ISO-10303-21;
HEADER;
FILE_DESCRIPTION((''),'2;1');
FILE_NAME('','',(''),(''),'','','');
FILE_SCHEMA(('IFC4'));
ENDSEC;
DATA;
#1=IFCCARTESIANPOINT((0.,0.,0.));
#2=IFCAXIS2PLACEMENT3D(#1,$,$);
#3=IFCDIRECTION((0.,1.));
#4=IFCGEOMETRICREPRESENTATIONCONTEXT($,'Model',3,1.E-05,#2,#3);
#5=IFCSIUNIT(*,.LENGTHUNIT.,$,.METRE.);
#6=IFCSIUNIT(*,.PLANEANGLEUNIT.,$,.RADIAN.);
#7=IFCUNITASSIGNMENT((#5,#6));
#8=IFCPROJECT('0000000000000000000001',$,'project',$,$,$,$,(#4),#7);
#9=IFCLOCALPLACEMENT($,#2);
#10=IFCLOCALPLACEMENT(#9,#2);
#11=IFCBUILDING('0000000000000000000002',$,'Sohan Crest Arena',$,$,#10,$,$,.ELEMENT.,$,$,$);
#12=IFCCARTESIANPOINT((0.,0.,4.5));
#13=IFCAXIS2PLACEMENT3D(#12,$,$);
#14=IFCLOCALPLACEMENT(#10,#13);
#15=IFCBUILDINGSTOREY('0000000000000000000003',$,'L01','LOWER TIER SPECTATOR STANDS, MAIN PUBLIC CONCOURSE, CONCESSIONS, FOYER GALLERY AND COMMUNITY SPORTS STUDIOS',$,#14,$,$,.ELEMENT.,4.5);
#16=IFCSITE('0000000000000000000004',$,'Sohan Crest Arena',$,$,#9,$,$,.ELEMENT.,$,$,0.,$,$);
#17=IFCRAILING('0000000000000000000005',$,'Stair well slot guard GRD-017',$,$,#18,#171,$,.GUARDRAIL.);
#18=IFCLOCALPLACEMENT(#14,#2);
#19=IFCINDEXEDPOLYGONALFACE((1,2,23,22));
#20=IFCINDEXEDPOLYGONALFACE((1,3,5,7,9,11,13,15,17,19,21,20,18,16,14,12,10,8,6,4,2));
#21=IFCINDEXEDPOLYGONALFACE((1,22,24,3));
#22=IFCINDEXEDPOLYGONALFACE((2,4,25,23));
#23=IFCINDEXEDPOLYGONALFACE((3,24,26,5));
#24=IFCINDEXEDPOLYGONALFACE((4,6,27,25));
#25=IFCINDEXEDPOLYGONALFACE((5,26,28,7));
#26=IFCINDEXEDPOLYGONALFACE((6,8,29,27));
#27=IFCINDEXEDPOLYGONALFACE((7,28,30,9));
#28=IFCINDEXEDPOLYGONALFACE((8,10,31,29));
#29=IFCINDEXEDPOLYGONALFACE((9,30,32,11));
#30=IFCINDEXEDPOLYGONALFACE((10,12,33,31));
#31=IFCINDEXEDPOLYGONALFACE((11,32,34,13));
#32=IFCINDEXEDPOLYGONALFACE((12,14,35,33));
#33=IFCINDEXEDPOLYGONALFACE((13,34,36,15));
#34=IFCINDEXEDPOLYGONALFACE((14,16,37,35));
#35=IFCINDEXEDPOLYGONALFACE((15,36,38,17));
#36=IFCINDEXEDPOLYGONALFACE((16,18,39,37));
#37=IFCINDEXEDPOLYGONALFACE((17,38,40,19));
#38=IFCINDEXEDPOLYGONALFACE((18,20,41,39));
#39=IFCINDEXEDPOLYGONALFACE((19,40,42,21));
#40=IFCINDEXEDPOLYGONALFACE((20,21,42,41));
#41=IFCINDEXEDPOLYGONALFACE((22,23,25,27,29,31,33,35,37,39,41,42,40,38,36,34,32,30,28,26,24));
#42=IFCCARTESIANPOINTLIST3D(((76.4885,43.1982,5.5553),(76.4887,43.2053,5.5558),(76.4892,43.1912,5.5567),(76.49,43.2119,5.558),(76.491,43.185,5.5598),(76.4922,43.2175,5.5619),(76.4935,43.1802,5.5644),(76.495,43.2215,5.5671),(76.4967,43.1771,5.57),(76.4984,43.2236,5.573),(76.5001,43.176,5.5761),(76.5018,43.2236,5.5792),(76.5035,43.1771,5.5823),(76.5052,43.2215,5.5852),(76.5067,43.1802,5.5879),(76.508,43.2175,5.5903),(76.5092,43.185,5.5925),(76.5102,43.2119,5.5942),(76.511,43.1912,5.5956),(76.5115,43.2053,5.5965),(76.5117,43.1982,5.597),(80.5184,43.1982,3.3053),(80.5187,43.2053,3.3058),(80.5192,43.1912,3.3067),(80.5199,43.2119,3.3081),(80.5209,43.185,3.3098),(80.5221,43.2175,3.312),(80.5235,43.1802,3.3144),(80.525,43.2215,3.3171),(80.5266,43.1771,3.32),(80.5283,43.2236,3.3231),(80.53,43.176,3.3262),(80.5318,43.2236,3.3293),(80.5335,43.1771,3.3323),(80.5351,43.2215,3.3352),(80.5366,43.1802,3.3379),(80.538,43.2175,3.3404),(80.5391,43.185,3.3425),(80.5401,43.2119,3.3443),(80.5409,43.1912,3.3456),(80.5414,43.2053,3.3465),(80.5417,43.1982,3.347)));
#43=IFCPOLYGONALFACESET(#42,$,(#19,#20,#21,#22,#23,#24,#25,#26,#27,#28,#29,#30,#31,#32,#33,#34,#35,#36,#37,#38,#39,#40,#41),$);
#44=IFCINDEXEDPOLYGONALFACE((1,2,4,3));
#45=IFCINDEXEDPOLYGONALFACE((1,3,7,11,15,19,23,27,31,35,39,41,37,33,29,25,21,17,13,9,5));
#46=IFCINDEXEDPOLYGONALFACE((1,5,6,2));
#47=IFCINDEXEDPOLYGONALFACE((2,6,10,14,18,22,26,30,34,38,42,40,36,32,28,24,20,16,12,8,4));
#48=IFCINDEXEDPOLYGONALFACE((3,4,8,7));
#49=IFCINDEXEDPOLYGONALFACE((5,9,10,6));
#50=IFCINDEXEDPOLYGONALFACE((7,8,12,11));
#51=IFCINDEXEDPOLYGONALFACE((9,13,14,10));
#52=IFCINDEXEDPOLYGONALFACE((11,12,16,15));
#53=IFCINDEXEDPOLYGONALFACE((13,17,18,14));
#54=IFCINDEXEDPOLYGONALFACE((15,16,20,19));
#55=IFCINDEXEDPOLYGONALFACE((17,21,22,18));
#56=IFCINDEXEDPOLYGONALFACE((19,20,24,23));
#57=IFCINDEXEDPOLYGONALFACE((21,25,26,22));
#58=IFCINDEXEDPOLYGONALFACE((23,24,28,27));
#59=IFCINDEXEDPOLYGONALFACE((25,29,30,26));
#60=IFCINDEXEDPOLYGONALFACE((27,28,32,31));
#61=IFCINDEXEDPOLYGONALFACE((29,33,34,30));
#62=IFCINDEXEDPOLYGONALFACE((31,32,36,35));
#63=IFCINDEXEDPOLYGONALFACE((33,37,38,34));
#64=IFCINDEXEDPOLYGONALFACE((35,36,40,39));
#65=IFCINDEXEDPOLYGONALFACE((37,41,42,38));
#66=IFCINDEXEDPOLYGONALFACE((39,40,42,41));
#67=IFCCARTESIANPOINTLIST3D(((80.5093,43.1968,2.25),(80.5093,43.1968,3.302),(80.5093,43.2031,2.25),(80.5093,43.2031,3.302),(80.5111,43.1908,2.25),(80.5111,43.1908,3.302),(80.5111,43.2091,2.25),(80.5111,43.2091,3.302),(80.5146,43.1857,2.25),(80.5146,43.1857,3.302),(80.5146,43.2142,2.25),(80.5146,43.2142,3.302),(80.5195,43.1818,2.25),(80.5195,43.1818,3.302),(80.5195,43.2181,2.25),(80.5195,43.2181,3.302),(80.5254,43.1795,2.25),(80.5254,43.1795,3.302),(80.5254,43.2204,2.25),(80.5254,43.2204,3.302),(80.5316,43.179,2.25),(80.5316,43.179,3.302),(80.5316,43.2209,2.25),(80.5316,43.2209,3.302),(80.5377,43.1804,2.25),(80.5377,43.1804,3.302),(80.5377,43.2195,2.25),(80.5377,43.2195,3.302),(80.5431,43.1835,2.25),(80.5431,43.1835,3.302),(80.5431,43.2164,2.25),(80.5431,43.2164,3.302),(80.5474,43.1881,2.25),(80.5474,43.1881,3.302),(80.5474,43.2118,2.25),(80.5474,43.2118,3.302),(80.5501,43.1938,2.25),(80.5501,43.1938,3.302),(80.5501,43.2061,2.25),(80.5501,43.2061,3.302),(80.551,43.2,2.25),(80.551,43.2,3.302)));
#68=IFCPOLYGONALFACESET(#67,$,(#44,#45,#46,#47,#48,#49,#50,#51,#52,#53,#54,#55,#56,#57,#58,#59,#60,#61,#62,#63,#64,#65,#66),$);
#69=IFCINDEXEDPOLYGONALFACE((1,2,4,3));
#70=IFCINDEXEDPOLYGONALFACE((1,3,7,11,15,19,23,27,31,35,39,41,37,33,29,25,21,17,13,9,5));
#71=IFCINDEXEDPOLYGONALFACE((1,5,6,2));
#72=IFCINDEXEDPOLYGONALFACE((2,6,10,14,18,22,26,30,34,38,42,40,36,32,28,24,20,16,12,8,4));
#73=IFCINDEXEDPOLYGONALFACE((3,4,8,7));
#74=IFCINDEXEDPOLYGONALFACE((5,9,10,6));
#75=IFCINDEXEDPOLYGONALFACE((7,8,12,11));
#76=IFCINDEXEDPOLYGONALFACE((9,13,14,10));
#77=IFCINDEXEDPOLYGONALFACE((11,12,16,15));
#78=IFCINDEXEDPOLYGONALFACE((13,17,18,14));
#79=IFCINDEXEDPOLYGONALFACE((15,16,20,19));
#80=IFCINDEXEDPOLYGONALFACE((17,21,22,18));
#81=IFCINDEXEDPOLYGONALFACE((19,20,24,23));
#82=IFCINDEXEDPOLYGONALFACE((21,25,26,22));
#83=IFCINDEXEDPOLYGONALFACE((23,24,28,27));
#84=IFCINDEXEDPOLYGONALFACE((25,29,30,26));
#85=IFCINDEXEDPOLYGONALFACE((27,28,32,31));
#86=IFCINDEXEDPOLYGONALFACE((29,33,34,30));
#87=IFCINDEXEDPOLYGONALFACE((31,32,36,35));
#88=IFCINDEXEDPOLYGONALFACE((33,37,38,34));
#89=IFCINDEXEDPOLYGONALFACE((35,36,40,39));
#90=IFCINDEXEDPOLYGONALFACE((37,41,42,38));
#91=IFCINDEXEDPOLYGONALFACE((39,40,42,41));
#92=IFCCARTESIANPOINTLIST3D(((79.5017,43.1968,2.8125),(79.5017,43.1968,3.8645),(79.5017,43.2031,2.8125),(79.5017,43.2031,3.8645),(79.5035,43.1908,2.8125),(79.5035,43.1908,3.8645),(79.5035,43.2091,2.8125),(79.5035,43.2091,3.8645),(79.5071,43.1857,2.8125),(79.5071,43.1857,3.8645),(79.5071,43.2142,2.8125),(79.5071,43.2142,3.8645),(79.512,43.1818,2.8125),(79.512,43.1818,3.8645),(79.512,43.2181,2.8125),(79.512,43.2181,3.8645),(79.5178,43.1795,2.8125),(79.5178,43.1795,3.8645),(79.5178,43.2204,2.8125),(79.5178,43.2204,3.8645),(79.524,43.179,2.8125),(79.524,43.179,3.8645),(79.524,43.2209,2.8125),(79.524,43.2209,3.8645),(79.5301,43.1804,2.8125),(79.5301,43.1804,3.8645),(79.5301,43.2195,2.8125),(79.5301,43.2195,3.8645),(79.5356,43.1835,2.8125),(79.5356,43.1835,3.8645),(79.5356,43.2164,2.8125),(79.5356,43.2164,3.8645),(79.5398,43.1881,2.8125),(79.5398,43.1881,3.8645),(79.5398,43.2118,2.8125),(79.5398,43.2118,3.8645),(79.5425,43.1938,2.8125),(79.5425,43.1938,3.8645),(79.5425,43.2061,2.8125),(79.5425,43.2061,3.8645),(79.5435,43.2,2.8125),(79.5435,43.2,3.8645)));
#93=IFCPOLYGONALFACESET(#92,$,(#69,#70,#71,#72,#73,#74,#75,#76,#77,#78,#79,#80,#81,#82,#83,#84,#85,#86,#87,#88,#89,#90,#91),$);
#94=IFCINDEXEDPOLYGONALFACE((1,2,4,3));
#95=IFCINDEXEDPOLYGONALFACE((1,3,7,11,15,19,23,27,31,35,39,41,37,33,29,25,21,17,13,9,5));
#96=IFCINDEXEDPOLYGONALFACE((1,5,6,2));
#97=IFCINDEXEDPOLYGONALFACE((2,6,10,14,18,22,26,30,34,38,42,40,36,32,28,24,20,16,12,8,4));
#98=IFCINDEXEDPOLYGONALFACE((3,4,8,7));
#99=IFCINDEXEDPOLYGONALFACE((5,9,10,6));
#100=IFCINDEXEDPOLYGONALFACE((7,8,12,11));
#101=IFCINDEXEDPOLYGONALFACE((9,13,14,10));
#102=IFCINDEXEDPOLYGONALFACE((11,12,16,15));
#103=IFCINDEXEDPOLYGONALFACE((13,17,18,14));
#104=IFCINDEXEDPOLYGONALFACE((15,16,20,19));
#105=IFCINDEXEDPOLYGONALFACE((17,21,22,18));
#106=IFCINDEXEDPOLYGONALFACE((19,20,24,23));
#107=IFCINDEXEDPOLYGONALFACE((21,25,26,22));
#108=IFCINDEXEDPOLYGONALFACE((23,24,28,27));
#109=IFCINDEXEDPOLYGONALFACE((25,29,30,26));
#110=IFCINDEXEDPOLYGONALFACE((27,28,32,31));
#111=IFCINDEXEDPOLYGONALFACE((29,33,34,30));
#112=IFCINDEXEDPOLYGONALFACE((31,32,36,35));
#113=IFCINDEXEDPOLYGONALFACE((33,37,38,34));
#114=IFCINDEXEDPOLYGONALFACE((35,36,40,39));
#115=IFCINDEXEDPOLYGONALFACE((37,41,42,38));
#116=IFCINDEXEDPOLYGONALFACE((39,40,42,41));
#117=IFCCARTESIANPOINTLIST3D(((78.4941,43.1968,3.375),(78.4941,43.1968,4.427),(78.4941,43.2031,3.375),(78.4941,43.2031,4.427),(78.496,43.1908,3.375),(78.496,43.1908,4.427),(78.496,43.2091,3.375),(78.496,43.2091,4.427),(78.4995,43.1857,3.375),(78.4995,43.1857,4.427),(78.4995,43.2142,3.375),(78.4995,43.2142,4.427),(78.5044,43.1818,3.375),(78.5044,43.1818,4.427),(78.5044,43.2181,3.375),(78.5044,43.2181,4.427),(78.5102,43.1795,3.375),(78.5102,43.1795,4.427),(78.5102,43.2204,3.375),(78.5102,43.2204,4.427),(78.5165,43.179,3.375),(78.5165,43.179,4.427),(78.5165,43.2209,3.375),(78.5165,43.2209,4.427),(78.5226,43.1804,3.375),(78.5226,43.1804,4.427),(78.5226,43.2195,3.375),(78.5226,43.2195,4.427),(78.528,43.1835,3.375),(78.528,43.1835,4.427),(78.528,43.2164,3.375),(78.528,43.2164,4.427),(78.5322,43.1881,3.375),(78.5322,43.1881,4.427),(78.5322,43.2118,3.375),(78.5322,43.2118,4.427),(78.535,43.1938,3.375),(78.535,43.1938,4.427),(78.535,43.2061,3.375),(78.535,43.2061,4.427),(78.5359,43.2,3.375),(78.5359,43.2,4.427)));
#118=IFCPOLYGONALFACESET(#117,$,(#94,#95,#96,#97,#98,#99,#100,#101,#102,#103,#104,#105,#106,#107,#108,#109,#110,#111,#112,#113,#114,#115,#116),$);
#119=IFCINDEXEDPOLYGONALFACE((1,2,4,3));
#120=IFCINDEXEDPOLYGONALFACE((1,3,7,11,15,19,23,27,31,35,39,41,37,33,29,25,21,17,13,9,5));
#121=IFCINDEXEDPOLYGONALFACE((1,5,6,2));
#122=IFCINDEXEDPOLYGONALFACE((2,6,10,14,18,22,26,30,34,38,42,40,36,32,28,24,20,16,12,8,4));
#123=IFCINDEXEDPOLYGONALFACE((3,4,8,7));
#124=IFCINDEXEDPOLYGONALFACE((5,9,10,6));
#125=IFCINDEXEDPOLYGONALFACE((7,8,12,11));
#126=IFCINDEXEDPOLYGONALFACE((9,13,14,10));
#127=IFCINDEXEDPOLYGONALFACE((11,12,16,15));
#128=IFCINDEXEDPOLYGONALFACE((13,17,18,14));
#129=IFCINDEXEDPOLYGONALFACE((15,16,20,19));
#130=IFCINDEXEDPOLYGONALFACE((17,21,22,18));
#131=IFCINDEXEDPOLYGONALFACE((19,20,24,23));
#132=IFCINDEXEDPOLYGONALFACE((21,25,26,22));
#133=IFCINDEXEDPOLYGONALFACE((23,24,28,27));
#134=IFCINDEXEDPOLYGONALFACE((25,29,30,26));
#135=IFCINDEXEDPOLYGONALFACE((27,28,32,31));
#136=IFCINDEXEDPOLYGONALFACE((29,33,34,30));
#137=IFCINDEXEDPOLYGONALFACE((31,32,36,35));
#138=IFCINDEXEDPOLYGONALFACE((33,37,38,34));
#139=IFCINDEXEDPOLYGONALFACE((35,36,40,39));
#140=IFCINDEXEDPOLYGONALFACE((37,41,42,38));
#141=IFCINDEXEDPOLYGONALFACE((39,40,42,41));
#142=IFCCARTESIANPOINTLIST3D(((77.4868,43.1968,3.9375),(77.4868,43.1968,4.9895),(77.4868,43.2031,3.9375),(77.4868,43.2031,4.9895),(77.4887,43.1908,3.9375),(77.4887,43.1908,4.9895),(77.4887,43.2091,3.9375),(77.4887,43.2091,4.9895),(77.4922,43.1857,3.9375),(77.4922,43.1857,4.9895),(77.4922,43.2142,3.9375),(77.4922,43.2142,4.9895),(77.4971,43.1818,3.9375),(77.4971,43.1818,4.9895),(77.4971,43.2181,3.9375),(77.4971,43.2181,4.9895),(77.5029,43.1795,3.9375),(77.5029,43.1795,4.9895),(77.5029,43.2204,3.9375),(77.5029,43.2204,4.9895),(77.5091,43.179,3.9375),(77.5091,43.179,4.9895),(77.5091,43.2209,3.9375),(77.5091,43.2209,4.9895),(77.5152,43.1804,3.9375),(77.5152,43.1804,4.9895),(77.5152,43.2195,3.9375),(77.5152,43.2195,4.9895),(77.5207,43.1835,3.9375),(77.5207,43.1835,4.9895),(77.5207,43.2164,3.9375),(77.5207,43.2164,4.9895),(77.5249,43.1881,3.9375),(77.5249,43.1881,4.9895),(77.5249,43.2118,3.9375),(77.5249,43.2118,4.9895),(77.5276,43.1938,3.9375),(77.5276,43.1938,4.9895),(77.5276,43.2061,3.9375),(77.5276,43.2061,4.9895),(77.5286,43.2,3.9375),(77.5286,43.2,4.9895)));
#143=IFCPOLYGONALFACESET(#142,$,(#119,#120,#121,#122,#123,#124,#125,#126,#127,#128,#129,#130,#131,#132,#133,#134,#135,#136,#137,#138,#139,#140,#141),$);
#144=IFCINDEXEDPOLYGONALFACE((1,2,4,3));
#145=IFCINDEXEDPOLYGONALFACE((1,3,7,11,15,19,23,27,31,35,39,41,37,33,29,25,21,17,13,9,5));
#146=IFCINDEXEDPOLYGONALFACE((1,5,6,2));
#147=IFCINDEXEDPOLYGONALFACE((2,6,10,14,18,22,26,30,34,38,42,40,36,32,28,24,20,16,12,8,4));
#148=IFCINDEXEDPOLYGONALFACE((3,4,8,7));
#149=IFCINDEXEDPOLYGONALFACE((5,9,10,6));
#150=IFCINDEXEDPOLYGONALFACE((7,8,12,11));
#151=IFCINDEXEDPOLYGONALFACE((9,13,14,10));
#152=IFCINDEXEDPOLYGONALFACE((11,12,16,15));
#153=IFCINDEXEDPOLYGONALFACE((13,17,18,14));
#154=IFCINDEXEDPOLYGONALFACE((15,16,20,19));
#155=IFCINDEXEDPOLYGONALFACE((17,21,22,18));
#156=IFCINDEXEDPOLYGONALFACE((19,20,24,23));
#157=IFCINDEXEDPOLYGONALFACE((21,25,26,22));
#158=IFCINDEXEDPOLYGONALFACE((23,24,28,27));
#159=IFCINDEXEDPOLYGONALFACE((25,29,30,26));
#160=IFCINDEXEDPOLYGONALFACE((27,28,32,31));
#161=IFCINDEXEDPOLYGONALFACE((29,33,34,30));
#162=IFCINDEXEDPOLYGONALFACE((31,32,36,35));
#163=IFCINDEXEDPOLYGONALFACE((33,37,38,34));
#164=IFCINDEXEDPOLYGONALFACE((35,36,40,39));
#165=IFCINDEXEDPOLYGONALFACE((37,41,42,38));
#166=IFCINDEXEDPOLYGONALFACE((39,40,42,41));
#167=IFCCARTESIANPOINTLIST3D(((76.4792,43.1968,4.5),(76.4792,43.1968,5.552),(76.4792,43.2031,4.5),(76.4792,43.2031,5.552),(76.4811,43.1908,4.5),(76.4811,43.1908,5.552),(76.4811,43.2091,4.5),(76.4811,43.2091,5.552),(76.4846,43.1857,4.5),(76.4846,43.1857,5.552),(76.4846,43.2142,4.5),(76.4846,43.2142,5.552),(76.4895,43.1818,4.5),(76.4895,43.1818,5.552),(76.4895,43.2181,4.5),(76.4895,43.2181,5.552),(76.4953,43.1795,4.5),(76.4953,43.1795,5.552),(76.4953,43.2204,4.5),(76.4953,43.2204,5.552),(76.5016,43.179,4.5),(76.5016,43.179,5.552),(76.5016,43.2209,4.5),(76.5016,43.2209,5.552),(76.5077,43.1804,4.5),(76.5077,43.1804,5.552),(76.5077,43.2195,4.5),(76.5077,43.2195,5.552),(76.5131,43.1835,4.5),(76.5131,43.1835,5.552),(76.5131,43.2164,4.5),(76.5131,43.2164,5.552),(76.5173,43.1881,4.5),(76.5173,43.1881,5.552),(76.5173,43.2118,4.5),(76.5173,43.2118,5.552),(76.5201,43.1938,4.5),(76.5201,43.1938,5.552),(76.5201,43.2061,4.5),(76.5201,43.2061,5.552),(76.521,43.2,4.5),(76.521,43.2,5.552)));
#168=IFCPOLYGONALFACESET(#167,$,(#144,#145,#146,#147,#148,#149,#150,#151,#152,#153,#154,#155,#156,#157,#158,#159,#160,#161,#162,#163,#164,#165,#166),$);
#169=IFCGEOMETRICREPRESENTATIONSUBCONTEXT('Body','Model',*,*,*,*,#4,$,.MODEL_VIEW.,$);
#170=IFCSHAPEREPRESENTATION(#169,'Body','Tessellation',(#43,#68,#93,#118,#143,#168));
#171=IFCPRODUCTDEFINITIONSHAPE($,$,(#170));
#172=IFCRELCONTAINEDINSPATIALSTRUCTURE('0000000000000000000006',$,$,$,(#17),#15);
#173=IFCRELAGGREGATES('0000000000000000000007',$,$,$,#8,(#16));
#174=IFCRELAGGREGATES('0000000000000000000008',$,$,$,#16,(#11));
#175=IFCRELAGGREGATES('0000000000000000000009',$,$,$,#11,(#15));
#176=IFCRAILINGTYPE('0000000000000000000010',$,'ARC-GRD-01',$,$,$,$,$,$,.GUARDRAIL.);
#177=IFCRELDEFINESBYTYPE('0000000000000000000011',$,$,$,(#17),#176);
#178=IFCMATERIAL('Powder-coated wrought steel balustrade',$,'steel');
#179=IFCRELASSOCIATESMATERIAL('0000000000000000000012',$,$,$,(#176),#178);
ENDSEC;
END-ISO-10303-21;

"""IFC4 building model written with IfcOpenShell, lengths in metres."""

from ifc_helpers import new_model, si_unit, direction, frame, origin, origin_2d, place, context, subcontext, project, spatial, circle, extrude, material, type_object, element, save


model = new_model("IFC4")

# Units and contexts
model_context = context("Model", 3, precision=1e-05, world=origin(), true_north=direction((0.0, 1.0)))
body_context = subcontext(model_context, "Body", "Model", "MODEL_VIEW")
ifc_project = project(units=[si_unit("LENGTHUNIT", "METRE"), si_unit("PLANEANGLEUNIT", "RADIAN")], contexts=[model_context])

# Site, building, storey
site_placement = place(None, origin())
site = spatial("IfcSite", under=ifc_project, at=site_placement, Name="Sohan Crest Arena", CompositionType="ELEMENT", RefElevation=0.0)
building_placement = place(site_placement, origin())
building = spatial("IfcBuilding", under=site, at=building_placement, Name="Sohan Crest Arena", CompositionType="ELEMENT")
storey_placement = place(building_placement, frame((0.0, 0.0, 4.5)))
storey = spatial("IfcBuildingStorey", under=building, at=storey_placement, Name="L01", Description="LOWER TIER SPECTATOR STANDS, MAIN PUBLIC CONCOURSE, CONCESSIONS, FOYER GALLERY AND COMMUNITY SPORTS STUDIOS", CompositionType="ELEMENT", Elevation=4.5)

# Railing
ifc_material_1 = material(Name="Powder-coated wrought steel balustrade", Category="steel")
railing_type_1 = type_object("IfcRailingType", Name="ARC-GRD-01", PredefinedType="GUARDRAIL", material=ifc_material_1)
railing_1_placement = place(storey_placement, frame((80.53, 43.2, 2.25)))
element("IfcRailing", 1, at=railing_1_placement, inside=storey, type_object=railing_type_1, Name="Stair well slot guard GRD-017", PredefinedType="GUARDRAIL", context=body_context, shape_type="SweptSolid", body=[
    extrude(circle(Radius=0.0239, at=origin_2d()), frame((0.0, 0.0, 1.0762), z_axis=(-0.873135, 0.0, 0.487479), x_axis=(0.0, -1.0, 0.0)), (0.0, 0.0, 1.0), 4.6155),
    extrude(circle(Radius=0.021, at=origin_2d()), origin(), (0.0, 0.0, 1.0), 1.052),
    extrude(circle(Radius=0.021, at=origin_2d()), frame((-1.0076, 0.0, 0.5625)), (0.0, 0.0, 1.0), 1.052),
    extrude(circle(Radius=0.021, at=origin_2d()), frame((-2.0151, 0.0, 1.125)), (0.0, 0.0, 1.0), 1.052),
    extrude(circle(Radius=0.021, at=origin_2d()), frame((-3.0225, 0.0, 1.6875)), (0.0, 0.0, 1.0), 1.052),
    extrude(circle(Radius=0.021, at=origin_2d()), frame((-4.03, 0.0, 2.25)), (0.0, 0.0, 1.0), 1.052),
])

save(model, "model.ifc")
